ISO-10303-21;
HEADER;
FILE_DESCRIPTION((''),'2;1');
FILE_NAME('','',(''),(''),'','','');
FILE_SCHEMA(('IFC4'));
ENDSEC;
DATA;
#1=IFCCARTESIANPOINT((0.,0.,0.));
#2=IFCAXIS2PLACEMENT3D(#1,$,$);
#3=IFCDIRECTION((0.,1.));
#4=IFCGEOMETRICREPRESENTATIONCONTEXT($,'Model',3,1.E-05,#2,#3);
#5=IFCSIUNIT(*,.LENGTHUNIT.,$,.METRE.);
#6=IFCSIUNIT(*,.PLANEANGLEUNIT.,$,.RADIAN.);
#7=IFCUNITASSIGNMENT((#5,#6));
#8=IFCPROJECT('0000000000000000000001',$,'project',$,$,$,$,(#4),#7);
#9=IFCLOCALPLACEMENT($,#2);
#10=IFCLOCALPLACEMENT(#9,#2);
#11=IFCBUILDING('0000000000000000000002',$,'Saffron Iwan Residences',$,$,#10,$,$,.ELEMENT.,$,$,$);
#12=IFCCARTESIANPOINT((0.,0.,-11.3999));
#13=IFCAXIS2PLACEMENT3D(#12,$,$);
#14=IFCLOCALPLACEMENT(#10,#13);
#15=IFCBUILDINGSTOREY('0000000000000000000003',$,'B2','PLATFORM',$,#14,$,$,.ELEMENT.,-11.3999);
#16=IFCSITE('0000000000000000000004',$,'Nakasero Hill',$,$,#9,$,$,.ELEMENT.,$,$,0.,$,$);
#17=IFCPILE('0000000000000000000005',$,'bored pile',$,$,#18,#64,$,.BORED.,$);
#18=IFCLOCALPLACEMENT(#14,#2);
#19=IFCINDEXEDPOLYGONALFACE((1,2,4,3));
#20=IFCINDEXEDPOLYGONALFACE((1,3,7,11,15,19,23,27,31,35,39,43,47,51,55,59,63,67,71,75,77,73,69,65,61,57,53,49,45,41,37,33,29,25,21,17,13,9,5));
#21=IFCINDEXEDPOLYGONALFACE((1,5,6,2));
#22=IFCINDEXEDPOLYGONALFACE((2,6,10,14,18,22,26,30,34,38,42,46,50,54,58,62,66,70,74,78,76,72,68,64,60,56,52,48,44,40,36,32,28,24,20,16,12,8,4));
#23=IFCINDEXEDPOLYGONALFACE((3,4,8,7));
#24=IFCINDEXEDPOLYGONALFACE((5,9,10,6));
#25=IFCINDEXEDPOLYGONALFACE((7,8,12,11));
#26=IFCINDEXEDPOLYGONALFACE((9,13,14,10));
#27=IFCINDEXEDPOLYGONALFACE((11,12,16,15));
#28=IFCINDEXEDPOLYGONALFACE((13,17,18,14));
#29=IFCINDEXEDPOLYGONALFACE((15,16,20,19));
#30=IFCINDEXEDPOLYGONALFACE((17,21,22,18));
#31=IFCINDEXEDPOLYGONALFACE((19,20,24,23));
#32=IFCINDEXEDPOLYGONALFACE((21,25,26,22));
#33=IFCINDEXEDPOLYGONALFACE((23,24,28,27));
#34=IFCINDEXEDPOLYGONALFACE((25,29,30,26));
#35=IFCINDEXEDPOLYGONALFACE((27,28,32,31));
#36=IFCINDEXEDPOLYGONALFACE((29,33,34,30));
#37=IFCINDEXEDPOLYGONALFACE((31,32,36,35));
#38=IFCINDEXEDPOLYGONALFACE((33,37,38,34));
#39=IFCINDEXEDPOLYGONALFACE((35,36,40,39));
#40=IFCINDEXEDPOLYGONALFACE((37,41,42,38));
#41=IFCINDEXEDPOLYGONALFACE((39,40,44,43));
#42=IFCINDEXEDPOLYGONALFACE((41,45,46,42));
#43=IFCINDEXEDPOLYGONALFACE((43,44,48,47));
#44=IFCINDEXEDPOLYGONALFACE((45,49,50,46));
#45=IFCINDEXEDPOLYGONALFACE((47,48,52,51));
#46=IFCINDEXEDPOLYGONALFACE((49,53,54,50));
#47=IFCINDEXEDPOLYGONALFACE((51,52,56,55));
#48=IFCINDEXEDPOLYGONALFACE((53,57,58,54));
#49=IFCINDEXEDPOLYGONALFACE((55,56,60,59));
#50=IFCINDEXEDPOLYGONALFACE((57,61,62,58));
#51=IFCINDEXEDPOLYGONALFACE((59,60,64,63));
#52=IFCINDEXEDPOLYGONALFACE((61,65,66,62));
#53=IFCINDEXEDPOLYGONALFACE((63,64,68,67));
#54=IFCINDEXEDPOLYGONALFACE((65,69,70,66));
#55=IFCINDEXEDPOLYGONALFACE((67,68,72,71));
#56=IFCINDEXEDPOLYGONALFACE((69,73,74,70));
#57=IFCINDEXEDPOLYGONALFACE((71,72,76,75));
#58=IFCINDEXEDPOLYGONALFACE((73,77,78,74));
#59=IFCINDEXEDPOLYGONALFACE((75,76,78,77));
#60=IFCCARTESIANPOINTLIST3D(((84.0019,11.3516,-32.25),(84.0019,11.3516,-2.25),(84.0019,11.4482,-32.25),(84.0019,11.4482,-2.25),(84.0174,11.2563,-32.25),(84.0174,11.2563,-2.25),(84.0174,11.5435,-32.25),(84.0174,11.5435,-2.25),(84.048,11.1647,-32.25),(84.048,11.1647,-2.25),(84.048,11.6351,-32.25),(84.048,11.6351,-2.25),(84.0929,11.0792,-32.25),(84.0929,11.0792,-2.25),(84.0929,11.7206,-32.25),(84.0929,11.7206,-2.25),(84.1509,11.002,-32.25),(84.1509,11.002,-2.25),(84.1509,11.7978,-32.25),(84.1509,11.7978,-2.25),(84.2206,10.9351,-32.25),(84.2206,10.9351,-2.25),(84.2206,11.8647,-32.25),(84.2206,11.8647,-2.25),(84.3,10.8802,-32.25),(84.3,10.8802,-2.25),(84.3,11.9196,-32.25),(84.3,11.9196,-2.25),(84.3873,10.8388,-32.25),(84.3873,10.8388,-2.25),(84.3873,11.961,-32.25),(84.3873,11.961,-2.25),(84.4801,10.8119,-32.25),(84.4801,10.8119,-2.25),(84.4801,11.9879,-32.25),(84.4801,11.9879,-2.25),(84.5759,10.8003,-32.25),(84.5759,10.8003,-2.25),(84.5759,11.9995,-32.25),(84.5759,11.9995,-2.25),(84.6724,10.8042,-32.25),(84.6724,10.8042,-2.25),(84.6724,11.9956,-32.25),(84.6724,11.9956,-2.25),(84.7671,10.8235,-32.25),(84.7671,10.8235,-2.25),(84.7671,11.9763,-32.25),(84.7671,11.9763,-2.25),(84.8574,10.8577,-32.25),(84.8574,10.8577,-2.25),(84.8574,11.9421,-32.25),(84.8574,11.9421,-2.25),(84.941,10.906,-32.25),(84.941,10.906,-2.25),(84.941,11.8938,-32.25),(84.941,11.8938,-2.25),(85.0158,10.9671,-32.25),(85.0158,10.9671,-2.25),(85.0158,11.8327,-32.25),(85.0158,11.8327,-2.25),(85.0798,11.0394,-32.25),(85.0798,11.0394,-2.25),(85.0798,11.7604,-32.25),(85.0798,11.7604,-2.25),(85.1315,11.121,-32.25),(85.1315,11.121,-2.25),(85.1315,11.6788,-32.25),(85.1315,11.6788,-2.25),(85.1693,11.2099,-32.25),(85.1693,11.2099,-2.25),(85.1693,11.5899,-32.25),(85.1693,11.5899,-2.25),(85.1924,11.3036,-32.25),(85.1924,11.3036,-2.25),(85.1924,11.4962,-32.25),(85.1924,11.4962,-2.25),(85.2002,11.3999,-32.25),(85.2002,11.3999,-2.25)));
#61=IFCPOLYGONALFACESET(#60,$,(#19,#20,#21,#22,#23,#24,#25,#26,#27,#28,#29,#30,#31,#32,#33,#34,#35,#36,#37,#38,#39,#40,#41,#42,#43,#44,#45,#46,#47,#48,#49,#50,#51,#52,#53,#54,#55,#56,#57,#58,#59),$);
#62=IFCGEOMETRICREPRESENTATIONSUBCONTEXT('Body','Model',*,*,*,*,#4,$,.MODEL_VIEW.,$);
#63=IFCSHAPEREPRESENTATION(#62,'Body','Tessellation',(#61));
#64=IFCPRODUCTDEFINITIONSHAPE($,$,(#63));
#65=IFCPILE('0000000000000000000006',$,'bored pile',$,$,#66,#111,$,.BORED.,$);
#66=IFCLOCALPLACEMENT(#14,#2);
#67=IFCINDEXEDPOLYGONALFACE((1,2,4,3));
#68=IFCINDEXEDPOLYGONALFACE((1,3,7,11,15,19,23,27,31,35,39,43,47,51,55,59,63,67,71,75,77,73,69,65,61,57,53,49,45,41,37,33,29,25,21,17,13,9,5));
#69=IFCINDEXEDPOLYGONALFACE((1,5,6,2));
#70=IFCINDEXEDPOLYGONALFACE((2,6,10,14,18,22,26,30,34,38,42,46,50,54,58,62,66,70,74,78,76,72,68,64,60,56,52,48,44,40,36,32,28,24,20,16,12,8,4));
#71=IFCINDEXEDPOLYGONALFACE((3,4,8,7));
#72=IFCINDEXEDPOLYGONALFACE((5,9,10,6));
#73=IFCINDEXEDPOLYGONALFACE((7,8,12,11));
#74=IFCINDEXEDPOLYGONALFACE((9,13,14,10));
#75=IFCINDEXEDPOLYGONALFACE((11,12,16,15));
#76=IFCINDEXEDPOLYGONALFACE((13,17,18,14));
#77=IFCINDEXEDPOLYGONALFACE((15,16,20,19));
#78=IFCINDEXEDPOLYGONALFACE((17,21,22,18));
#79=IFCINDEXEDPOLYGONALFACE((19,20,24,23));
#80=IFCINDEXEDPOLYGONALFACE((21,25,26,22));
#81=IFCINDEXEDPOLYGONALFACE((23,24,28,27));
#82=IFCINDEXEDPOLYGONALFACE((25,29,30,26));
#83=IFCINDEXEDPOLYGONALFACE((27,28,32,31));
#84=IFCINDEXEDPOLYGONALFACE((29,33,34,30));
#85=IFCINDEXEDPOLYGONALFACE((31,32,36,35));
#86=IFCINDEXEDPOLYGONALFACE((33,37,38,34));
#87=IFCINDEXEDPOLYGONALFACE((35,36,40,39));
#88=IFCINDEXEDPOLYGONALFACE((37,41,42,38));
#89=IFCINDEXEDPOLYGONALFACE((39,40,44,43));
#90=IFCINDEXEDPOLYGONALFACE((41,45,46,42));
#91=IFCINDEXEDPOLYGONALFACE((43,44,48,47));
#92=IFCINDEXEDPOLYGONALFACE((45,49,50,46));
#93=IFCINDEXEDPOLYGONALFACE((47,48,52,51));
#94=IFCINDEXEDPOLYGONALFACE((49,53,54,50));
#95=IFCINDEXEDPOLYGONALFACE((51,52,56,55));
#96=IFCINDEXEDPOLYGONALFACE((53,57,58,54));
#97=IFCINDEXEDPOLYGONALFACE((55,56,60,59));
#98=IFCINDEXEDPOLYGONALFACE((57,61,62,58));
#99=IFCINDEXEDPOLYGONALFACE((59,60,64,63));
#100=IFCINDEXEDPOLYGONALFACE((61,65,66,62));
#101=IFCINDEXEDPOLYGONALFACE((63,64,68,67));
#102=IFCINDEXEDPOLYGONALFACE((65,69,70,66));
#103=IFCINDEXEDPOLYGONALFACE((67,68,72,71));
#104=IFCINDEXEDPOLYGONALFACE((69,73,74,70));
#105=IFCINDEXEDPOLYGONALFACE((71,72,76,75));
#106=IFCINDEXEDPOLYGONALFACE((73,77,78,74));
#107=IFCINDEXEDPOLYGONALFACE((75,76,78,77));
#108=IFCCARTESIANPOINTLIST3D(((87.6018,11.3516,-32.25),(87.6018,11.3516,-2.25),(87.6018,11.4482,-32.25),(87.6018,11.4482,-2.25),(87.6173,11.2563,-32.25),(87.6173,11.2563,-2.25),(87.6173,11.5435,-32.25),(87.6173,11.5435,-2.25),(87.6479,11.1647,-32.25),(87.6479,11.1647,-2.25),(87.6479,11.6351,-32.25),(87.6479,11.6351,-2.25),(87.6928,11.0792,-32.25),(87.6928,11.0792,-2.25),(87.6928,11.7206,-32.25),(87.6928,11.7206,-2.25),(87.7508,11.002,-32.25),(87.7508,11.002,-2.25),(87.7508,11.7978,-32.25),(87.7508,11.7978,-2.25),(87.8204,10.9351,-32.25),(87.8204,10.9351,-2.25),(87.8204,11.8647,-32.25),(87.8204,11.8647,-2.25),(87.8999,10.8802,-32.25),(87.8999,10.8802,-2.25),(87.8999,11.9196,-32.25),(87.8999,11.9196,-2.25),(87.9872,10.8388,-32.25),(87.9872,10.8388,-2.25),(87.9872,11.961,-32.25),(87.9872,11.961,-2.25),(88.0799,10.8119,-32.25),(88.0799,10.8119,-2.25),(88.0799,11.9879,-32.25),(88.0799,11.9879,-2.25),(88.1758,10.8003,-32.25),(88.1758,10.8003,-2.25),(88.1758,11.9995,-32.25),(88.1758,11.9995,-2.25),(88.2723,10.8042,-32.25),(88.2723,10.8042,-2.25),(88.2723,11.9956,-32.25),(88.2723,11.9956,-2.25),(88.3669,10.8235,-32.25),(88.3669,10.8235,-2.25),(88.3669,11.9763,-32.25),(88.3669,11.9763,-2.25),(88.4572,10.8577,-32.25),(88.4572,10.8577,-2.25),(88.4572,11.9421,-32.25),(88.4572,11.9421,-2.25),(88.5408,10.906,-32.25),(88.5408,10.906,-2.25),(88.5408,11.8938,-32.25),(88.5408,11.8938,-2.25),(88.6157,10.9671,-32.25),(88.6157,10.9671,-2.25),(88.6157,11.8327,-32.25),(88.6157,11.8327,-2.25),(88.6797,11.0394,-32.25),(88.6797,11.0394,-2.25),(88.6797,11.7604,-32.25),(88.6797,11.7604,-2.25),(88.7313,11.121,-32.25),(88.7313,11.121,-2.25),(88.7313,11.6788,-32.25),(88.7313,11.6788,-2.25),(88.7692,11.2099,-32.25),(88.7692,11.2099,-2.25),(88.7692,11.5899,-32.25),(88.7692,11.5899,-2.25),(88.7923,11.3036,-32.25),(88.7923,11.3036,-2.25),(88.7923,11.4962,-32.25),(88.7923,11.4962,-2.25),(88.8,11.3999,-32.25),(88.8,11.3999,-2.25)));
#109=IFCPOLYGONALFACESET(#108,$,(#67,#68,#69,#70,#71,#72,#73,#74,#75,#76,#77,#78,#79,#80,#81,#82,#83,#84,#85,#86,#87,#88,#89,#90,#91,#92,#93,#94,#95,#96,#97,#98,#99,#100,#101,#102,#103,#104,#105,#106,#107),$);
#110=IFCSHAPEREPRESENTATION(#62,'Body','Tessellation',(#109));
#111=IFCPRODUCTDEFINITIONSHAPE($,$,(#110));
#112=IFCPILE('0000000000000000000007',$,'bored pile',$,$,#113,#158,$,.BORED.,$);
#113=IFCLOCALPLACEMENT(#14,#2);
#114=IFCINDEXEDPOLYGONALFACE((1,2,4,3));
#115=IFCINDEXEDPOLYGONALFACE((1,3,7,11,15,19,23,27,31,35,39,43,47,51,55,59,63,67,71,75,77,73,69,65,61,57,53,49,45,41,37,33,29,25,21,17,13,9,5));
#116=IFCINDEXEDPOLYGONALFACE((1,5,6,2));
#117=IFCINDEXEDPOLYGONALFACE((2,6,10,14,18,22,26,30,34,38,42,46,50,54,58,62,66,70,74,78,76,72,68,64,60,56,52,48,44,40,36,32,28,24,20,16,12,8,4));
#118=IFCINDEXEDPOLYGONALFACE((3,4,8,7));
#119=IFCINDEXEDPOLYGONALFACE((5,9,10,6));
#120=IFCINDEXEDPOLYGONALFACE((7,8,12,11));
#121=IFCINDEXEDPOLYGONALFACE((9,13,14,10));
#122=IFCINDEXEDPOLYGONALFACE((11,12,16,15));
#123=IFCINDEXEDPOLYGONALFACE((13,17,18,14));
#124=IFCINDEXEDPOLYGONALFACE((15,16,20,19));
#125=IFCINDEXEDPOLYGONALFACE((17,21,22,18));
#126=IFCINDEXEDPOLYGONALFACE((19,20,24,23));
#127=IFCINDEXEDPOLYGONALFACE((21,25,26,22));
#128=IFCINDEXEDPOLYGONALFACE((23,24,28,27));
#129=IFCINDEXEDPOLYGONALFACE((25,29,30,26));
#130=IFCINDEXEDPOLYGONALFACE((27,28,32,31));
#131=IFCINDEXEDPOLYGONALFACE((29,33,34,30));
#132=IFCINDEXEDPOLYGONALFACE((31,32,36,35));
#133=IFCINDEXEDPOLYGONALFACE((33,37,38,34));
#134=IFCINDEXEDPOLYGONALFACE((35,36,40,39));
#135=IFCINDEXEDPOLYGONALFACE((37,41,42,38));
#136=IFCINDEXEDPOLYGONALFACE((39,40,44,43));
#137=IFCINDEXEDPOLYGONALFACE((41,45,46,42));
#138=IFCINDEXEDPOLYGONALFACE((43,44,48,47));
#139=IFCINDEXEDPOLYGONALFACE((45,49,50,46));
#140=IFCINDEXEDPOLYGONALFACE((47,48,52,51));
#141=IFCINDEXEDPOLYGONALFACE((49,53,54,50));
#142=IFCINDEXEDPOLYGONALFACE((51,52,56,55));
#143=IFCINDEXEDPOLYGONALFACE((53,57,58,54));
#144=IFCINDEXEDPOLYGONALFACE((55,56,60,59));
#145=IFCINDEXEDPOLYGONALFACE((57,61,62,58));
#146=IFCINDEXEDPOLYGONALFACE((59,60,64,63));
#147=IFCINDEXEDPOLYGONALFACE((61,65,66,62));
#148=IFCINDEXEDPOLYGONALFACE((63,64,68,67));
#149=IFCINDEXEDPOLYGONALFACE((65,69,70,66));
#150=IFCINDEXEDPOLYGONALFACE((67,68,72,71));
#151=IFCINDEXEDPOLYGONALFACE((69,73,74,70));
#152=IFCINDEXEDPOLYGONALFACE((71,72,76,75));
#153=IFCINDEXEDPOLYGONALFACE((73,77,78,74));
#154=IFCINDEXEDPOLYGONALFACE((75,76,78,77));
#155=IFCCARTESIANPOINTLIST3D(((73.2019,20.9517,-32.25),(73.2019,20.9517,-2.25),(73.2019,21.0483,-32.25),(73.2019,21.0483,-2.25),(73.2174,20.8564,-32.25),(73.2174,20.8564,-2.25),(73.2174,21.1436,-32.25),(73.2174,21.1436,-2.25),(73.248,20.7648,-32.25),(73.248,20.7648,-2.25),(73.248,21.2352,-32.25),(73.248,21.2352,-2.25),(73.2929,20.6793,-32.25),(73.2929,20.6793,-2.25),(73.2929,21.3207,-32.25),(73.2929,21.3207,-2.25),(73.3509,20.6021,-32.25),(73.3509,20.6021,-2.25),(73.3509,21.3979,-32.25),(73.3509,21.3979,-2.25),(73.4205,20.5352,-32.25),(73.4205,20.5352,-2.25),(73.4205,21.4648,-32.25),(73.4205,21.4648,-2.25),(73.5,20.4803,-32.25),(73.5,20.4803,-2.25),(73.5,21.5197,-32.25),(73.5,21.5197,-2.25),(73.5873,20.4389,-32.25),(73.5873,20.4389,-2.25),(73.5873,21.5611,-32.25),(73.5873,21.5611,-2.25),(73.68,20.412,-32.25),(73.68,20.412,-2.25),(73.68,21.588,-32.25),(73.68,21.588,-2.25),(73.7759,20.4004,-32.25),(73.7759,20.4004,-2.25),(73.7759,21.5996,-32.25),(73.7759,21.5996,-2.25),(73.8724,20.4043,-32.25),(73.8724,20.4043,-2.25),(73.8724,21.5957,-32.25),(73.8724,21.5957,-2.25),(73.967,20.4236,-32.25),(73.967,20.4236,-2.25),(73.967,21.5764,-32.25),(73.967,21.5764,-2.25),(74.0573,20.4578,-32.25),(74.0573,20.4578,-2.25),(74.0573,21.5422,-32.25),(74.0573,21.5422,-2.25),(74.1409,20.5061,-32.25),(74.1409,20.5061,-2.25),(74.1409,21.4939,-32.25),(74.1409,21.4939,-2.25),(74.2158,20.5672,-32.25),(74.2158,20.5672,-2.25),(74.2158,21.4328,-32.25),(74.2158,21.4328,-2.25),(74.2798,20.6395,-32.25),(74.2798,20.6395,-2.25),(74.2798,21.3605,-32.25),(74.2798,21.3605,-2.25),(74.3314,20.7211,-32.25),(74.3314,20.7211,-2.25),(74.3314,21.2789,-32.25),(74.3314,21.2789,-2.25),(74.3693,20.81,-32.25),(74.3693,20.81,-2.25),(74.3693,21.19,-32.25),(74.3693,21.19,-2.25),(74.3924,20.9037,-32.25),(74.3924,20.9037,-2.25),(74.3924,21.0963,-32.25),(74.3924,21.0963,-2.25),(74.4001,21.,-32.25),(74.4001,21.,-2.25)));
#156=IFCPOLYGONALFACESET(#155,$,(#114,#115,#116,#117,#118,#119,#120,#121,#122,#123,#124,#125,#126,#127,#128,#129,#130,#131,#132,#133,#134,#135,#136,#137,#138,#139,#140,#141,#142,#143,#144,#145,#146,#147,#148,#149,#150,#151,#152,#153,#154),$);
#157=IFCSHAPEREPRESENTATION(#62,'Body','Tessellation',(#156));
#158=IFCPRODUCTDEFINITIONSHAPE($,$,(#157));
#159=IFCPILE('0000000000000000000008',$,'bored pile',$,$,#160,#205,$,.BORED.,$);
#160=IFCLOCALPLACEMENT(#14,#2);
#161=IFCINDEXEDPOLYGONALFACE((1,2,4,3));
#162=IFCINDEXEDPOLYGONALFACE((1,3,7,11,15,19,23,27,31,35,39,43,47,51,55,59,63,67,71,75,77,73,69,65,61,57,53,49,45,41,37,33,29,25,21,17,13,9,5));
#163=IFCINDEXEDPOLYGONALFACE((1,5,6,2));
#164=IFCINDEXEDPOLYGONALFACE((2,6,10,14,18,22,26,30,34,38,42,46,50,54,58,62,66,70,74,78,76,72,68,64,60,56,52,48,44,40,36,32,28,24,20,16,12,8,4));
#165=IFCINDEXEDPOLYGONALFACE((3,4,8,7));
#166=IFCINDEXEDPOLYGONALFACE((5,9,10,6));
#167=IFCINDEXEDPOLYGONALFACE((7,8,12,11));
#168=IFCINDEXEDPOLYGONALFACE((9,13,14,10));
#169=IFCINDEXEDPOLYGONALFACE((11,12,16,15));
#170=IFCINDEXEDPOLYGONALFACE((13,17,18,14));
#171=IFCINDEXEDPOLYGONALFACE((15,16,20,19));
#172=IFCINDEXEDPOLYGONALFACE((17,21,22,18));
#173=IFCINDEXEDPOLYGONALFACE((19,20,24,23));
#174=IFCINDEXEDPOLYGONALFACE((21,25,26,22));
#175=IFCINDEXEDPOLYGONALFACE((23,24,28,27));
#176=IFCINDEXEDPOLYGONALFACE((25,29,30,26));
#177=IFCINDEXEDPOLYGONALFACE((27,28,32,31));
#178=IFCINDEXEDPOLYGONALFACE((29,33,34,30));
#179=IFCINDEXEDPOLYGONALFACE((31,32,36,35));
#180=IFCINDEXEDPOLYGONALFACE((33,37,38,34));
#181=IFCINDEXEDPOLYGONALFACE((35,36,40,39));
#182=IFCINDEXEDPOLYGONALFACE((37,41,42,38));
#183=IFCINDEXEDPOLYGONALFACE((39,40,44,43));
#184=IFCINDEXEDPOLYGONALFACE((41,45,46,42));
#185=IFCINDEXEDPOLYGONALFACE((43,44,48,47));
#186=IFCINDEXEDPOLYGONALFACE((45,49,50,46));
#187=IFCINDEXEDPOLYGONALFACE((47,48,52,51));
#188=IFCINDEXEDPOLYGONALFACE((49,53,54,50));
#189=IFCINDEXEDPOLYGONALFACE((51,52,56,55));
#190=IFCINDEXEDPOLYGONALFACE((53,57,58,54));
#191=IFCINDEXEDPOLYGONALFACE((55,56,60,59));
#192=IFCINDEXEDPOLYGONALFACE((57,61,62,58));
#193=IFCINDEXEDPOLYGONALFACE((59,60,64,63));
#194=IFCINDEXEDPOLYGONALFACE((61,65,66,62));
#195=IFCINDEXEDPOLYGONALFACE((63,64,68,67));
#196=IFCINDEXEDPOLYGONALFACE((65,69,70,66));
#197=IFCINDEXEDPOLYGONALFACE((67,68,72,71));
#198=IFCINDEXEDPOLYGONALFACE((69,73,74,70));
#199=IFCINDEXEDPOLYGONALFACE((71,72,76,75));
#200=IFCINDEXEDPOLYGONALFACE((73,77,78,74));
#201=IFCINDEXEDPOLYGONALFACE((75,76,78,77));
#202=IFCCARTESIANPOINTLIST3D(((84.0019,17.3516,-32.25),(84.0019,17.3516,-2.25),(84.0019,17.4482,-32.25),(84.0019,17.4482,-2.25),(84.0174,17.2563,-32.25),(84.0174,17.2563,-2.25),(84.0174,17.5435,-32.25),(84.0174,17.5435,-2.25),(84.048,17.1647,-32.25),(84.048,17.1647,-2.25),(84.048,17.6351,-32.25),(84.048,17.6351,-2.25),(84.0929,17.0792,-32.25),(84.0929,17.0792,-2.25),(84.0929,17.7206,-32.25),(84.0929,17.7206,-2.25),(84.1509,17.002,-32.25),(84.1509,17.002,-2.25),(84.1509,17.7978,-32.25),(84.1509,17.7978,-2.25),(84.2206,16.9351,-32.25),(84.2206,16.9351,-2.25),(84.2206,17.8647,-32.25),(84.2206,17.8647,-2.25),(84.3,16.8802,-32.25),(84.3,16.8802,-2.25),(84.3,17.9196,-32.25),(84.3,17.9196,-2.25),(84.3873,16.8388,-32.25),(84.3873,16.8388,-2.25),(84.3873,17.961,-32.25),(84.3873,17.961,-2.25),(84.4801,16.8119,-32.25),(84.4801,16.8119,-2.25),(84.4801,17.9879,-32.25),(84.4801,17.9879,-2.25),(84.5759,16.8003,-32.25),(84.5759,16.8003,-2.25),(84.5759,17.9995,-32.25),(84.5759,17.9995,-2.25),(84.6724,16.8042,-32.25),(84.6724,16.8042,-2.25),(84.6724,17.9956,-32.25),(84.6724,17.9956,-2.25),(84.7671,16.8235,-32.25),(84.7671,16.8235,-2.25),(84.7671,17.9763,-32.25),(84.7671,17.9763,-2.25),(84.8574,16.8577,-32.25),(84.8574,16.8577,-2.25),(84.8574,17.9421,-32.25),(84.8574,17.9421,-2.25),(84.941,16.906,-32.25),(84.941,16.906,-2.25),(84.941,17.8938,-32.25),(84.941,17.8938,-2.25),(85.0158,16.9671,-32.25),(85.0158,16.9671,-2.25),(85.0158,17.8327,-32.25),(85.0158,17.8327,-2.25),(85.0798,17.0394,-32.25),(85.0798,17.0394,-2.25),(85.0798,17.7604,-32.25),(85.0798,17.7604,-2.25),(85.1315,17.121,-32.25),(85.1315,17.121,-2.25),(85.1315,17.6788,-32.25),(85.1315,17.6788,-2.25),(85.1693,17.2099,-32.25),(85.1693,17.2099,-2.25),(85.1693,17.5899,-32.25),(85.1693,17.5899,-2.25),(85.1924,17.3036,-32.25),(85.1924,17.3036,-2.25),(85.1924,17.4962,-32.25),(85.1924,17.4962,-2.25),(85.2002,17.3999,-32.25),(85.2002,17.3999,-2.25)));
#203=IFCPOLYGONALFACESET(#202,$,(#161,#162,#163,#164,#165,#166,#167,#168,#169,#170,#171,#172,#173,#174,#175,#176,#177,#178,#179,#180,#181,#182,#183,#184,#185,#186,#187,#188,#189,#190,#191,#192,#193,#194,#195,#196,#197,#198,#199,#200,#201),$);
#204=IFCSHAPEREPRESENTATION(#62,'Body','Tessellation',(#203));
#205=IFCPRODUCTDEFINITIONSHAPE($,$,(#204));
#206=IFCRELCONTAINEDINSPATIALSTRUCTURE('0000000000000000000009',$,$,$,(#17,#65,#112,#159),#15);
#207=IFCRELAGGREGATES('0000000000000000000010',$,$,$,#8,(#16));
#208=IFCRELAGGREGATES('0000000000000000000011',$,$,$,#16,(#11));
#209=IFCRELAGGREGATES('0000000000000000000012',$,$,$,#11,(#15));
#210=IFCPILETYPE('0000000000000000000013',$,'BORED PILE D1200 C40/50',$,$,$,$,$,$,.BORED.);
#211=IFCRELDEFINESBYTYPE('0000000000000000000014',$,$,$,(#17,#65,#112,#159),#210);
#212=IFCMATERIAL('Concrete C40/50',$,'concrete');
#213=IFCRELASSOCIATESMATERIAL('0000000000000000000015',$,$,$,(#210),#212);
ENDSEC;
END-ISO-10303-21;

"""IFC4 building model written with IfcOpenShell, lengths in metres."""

from ifc_helpers import new_model, si_unit, direction, frame, origin, origin_2d, place, context, subcontext, project, spatial, circle, extrude, material, material_profile, profile_set, type_object, element, save


model = new_model("IFC4")

# Units and contexts
model_context = context("Model", 3, precision=1e-05, world=origin(), true_north=direction((0.0, 1.0)))
body_context = subcontext(model_context, "Body", "Model", "MODEL_VIEW")
ifc_project = project(units=[si_unit("LENGTHUNIT", "METRE"), si_unit("PLANEANGLEUNIT", "RADIAN")], contexts=[model_context])

# Site, building, storey
site_placement = place(None, origin())
site = spatial("IfcSite", under=ifc_project, at=site_placement, Name="Nakasero Hill", CompositionType="ELEMENT", RefElevation=0.0)
building_placement = place(site_placement, origin())
building = spatial("IfcBuilding", under=site, at=building_placement, Name="Saffron Iwan Residences", CompositionType="ELEMENT")
storey_placement = place(building_placement, frame((0.0, 0.0, -11.3999)))
storey = spatial("IfcBuildingStorey", under=building, at=storey_placement, Name="B2", Description="PLATFORM", CompositionType="ELEMENT", Elevation=-11.3999)

# Piles
ifc_material_1 = material(Name="Concrete C40/50", Category="concrete")
ifc_material_profile_1 = material_profile(ifc_material_1, circle(Radius=0.6001, at=origin_2d()), Name="RC D1200")
ifc_profile_set_1 = profile_set([ifc_material_profile_1], Name="Concrete C40/50")
pile_type_1 = type_object("IfcPileType", Name="BORED PILE D1200 C40/50", PredefinedType="BORED", material=ifc_profile_set_1)
for number, where, z_axis, x_axis, name in (
    (1, (84.6001, 11.3999, -2.25), (0.0, 0.0, -1.0), (1.0, 0.0, 0.0), "bored pile"),
    (2, (88.2, 11.3999, -2.25), (0.0, 0.0, -1.0), (1.0, 0.0, 0.0), "bored pile"),
    (3, (73.8, 21.0, -2.25), (0.0, 0.0, -1.0), (1.0, 0.0, 0.0), "bored pile"),
    (4, (84.6001, 17.3999, -2.25), (0.0, 0.0, -1.0), (1.0, 0.0, 0.0), "bored pile"),
):
    element("IfcPile", number, at=place(storey_placement, frame(where, z_axis=z_axis, x_axis=x_axis)), inside=storey, type_object=pile_type_1, Name=name, PredefinedType="BORED", context=body_context, shape_type="SweptSolid", body=[
        extrude(circle(Radius=0.6001, at=origin_2d()), origin(), (0.0, 0.0, 1.0), 30.0),
    ])

save(model, "model.ifc")
